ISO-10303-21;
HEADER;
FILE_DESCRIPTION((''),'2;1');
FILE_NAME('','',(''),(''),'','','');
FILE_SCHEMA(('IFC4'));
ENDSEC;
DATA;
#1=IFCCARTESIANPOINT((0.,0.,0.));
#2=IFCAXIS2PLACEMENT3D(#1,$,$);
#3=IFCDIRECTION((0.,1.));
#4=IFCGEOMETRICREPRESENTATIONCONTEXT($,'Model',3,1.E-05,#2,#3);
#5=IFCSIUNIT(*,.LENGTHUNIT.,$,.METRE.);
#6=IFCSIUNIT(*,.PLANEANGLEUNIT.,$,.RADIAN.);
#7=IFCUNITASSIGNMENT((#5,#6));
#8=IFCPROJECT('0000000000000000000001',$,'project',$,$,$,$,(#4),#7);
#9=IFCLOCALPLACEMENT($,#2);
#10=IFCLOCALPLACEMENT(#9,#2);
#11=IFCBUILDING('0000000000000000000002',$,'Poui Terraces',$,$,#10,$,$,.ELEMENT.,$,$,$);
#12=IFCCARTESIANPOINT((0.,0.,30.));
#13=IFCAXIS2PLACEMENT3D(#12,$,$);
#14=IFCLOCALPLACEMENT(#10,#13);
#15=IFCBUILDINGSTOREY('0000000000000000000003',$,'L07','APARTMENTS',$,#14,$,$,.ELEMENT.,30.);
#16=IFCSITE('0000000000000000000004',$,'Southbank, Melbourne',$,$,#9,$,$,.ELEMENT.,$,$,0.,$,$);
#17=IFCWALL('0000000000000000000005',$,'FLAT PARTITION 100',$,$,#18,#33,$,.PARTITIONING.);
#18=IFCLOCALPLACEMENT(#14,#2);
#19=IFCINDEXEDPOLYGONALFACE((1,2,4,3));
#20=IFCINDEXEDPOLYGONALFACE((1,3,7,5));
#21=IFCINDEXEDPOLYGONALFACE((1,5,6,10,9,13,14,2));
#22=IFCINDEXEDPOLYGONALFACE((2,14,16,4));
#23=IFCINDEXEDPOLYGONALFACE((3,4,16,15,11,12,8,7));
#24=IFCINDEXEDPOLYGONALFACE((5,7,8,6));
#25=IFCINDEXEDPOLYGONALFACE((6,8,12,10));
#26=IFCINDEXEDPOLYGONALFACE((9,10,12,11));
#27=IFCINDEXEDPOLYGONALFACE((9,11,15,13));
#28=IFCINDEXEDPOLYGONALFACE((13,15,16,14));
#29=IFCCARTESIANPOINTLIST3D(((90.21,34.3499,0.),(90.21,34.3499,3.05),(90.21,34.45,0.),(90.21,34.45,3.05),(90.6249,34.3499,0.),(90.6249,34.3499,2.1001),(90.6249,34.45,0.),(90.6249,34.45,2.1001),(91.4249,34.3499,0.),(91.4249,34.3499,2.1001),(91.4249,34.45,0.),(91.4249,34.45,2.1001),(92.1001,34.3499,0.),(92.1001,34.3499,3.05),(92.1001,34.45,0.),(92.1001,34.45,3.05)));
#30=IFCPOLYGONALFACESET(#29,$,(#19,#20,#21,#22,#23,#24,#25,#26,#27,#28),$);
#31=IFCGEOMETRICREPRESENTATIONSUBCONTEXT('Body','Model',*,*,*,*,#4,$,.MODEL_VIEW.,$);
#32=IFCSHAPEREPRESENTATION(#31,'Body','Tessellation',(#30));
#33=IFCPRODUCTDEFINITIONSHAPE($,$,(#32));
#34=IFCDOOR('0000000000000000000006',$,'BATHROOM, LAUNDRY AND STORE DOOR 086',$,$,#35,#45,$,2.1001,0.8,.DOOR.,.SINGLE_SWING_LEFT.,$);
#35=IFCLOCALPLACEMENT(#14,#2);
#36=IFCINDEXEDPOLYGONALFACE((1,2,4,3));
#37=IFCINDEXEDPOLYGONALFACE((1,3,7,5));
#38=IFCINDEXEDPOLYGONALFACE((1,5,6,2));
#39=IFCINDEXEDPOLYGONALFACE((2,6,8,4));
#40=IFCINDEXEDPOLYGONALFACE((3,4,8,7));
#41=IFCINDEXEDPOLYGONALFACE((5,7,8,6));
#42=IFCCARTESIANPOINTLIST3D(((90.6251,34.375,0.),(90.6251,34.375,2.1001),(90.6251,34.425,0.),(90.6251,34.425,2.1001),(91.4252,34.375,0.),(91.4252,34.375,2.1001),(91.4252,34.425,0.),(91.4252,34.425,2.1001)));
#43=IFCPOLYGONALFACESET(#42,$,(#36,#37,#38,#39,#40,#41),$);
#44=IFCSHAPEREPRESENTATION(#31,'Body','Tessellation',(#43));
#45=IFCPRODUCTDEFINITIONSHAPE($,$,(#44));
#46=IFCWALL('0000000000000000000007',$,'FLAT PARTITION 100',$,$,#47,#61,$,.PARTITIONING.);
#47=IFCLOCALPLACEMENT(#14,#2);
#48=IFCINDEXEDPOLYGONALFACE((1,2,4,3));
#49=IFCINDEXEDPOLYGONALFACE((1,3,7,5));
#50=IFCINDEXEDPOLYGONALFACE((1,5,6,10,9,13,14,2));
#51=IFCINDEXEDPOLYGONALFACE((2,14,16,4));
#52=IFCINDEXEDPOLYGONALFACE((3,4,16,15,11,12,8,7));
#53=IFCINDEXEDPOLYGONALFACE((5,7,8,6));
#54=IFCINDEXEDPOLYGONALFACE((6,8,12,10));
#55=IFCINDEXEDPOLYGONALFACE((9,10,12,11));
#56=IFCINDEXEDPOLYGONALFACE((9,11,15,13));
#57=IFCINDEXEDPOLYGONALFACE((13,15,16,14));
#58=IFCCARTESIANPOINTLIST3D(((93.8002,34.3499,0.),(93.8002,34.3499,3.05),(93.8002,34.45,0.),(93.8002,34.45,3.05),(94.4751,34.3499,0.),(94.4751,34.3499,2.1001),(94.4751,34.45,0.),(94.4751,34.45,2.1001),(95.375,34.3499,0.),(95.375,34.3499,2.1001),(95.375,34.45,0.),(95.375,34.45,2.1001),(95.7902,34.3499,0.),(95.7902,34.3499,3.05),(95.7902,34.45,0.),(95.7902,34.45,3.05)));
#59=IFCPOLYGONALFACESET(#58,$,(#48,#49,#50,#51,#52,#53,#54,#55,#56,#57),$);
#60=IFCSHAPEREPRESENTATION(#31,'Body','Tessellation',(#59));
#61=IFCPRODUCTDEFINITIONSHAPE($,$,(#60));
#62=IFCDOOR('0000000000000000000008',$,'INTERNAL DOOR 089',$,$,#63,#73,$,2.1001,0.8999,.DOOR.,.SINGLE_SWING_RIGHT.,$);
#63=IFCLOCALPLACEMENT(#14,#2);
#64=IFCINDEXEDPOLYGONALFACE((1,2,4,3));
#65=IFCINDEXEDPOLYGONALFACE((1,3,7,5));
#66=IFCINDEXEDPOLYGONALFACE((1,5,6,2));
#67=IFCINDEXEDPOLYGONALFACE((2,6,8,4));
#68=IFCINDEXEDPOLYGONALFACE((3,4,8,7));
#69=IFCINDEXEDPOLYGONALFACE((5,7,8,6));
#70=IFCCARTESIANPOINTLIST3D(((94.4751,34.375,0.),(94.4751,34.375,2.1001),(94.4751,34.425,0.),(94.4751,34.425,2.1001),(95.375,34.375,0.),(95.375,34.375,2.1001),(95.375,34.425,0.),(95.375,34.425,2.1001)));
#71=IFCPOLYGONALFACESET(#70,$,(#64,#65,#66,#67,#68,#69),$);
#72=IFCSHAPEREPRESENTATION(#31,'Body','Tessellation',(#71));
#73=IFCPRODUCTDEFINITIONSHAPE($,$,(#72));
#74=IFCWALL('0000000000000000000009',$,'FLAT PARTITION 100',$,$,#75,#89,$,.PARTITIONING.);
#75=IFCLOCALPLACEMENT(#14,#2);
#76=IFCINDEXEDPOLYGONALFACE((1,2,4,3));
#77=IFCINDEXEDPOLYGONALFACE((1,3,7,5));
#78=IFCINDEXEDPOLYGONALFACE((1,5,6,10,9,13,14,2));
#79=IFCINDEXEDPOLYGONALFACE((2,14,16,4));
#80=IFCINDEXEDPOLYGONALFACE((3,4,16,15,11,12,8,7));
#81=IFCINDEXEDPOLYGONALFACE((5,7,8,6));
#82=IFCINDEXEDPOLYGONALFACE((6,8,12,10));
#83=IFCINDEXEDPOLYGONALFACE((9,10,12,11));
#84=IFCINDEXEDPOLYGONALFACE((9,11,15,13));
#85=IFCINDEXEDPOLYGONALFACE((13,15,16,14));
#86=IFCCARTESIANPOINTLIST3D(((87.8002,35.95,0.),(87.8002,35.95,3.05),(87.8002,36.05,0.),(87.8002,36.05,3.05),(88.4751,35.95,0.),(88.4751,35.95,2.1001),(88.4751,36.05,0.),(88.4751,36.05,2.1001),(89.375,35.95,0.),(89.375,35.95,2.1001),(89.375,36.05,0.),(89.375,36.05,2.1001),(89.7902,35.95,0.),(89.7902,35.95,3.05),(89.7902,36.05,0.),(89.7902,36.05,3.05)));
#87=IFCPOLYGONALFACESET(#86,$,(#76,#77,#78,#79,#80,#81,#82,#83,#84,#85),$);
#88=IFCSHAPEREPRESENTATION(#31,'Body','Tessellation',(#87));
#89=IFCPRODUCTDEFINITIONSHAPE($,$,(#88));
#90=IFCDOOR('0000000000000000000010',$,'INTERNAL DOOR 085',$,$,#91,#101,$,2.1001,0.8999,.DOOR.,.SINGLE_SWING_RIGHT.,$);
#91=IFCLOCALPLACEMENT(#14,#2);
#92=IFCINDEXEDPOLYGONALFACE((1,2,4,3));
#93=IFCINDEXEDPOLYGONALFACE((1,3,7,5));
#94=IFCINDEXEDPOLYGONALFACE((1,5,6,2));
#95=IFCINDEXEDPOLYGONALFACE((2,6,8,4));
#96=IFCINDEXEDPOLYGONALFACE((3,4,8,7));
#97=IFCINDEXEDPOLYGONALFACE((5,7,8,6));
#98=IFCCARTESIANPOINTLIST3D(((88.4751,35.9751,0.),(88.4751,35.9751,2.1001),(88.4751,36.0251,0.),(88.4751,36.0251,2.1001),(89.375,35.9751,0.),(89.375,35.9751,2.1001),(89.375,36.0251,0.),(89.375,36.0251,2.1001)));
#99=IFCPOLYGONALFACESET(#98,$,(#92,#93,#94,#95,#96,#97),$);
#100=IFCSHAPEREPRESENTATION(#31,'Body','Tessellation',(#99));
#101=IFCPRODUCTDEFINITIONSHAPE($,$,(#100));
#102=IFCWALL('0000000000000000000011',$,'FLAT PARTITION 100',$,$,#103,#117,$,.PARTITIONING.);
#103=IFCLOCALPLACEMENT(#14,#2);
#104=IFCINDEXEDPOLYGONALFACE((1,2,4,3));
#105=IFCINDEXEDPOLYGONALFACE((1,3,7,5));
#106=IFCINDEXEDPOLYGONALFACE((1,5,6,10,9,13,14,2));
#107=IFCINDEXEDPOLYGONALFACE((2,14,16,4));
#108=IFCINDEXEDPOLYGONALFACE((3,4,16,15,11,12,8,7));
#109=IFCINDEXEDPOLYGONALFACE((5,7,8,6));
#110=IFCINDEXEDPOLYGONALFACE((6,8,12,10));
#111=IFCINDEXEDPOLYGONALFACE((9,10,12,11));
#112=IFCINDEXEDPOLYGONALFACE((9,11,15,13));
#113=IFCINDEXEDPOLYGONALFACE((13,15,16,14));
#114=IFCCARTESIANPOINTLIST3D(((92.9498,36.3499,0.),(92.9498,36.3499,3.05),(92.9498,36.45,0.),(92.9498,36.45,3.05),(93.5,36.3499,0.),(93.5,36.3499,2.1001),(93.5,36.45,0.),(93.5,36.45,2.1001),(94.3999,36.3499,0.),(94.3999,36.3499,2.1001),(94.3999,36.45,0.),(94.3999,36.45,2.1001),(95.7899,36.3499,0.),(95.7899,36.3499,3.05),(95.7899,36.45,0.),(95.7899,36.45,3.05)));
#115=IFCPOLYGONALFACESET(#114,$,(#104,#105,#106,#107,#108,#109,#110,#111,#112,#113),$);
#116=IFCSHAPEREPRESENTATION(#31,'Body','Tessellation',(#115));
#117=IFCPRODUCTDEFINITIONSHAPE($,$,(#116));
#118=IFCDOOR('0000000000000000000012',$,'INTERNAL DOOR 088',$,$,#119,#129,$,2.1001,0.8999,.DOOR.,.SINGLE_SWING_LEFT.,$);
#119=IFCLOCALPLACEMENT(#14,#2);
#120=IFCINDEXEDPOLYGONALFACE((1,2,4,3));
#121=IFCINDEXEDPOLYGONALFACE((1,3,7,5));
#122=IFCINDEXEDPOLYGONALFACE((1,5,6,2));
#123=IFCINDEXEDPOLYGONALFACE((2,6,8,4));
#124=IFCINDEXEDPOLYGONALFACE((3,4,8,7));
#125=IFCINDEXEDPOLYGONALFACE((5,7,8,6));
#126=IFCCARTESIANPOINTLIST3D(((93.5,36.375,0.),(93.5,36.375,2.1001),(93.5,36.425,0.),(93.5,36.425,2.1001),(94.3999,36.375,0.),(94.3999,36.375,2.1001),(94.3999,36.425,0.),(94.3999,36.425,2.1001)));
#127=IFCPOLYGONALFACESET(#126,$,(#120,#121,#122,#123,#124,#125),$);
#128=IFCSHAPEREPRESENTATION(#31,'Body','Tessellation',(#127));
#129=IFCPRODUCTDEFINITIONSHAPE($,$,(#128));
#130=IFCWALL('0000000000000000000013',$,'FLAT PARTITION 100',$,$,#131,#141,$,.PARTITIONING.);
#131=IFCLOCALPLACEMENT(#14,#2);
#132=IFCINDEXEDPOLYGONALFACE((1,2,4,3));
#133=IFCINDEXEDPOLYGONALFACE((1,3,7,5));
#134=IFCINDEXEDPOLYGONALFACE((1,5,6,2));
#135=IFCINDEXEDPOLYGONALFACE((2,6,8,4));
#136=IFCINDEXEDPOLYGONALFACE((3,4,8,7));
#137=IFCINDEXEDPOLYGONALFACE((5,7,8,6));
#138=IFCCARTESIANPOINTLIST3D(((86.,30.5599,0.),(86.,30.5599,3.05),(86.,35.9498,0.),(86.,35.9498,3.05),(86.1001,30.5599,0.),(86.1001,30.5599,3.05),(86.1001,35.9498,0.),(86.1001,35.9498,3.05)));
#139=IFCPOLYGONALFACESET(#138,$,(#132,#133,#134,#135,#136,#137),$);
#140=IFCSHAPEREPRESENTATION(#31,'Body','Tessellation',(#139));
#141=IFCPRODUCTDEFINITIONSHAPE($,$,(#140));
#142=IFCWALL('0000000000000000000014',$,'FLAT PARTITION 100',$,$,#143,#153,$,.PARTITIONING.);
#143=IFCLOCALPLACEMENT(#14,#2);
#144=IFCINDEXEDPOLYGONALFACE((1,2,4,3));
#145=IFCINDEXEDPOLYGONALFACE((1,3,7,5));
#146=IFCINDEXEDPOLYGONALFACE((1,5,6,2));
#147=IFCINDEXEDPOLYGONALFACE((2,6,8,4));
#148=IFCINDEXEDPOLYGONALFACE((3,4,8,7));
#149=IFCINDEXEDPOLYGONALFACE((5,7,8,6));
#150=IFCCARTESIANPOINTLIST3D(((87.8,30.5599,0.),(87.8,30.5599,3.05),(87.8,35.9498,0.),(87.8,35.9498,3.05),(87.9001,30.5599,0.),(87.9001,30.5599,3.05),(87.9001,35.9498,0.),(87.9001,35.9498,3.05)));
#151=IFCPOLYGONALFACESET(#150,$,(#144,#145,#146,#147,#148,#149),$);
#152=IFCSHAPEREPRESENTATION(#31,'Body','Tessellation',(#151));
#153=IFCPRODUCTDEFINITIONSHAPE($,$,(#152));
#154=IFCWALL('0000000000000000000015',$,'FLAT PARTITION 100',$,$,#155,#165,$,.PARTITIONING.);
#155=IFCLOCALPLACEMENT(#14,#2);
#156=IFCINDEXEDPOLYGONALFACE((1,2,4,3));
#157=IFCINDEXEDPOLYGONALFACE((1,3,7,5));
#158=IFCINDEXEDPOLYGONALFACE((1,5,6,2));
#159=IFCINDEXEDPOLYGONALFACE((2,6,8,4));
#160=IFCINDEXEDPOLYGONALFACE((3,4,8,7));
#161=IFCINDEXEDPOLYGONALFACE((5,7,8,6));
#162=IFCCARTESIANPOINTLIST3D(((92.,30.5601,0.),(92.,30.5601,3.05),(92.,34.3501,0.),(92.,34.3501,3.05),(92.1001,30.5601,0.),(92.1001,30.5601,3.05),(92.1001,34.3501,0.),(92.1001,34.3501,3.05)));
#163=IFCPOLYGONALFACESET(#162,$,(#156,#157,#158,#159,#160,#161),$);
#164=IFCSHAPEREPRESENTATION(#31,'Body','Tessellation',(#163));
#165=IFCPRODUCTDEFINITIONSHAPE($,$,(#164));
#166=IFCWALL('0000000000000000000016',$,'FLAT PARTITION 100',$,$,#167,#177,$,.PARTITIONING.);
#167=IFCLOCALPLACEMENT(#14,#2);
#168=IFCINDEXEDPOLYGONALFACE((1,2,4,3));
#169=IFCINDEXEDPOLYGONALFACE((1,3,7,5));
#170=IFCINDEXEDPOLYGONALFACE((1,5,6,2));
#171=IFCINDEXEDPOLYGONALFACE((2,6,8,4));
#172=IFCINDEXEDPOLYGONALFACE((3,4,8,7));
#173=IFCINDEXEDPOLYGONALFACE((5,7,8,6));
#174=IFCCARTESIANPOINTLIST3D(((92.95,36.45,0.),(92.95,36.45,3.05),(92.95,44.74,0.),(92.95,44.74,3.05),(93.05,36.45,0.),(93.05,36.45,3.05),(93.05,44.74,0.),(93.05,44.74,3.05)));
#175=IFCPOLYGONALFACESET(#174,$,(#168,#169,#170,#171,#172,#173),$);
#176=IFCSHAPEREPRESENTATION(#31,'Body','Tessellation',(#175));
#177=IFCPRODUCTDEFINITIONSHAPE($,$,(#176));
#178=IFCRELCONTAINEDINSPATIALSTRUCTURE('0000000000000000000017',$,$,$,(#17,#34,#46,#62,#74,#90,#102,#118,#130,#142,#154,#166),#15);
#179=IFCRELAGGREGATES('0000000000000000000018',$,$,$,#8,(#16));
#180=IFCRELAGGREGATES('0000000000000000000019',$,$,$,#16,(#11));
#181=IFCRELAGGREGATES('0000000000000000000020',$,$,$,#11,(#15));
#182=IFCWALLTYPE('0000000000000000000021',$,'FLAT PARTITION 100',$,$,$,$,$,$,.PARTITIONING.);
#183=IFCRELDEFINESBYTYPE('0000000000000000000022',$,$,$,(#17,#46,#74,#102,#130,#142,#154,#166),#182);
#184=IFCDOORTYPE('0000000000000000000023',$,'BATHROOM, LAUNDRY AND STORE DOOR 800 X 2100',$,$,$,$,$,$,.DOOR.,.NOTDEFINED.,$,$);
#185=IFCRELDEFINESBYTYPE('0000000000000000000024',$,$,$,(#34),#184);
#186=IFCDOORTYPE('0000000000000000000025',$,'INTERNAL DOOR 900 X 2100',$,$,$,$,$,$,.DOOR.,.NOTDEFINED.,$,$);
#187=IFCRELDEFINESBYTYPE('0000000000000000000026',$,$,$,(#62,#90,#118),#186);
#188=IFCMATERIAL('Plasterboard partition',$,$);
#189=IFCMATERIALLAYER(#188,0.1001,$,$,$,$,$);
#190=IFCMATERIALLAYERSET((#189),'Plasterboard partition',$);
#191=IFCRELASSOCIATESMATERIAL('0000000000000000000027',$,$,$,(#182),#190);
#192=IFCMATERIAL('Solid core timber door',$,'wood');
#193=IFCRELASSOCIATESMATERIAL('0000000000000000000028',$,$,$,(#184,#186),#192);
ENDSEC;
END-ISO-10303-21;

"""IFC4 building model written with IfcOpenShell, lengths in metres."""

from ifc_helpers import new_model, si_unit, direction, frame, frame_2d, origin, place, context, subcontext, project, spatial, rectangle, extrude, material, layer, layer_set, type_object, element, fill, save


model = new_model("IFC4")

# Units and contexts
model_context = context("Model", 3, precision=1e-05, world=origin(), true_north=direction((0.0, 1.0)))
body_context = subcontext(model_context, "Body", "Model", "MODEL_VIEW")
ifc_project = project(units=[si_unit("LENGTHUNIT", "METRE"), si_unit("PLANEANGLEUNIT", "RADIAN")], contexts=[model_context])

# Site, building, storey
site_placement = place(None, origin())
site = spatial("IfcSite", under=ifc_project, at=site_placement, Name="Southbank, Melbourne", CompositionType="ELEMENT", RefElevation=0.0)
building_placement = place(site_placement, origin())
building = spatial("IfcBuilding", under=site, at=building_placement, Name="Poui Terraces", CompositionType="ELEMENT")
storey_placement = place(building_placement, frame((0.0, 0.0, 30.0)))
storey = spatial("IfcBuildingStorey", under=building, at=storey_placement, Name="L07", Description="APARTMENTS", CompositionType="ELEMENT", Elevation=30.0)

# Walls, openings, doors
ifc_material_1 = material(Name="Plasterboard partition")
ifc_layer_1 = layer(ifc_material_1, 0.1001)
ifc_layer_set_1 = layer_set([ifc_layer_1], Name="Plasterboard partition")
wall_type_1 = type_object("IfcWallType", Name="FLAT PARTITION 100", PredefinedType="PARTITIONING", material=ifc_layer_set_1)
wall_1_placement = place(storey_placement, frame((90.21, 34.3999, 0.0), z_axis=(0.0, 0.0, 1.0), x_axis=(1.0, 0.0, 0.0)))
wall_1 = element("IfcWall", 1, at=wall_1_placement, inside=storey, type_object=wall_type_1, Name="FLAT PARTITION 100", PredefinedType="PARTITIONING", context=body_context, shape_type="SweptSolid", body=[
    extrude(rectangle(XDim=1.8901, YDim=0.1001, at=frame_2d((0.9451, 0.0))), origin(), (0.0, 0.0, 1.0), 3.05),
])
opening_1_placement = place(wall_1_placement, frame((0.415, 0.0, 0.0)))
opening_1 = element("IfcOpeningElement", 2, at=opening_1_placement, cuts=wall_1, PredefinedType="OPENING", context=body_context, shape_type="SweptSolid", body=[
    extrude(rectangle(XDim=0.8, YDim=2.1001, at=frame_2d((0.3999, 1.05))), frame((0.0, 0.0601, 0.0), z_axis=(0.0, -1.0, 0.0), x_axis=(1.0, 0.0, 0.0)), (0.0, 0.0, 1.0), 0.1201),
])
ifc_material_2 = material(Name="Solid core timber door", Category="wood")
door_type_1 = type_object("IfcDoorType", Name="BATHROOM, LAUNDRY AND STORE DOOR 800 X 2100", OperationType="NOTDEFINED", PredefinedType="DOOR", material=ifc_material_2)
door_1_placement = place(opening_1_placement, frame((0.8, 0.0, 0.0), z_axis=(0.0, 0.0, 1.0), x_axis=(-1.0, 0.0, 0.0)))
door_1 = element("IfcDoor", 3, at=door_1_placement, inside=storey, type_object=door_type_1, Name="BATHROOM, LAUNDRY AND STORE DOOR 086", OperationType="SINGLE_SWING_LEFT", OverallHeight=2.1001, OverallWidth=0.8, PredefinedType="DOOR", context=body_context, shape_type="SweptSolid", body=[
    extrude(rectangle(XDim=0.8, YDim=2.1001, at=frame_2d((0.3999, 1.05))), frame((0.0, 0.0249, 0.0), z_axis=(0.0, -1.0, 0.0), x_axis=(1.0, 0.0, 0.0)), (0.0, 0.0, 1.0), 0.05),
])
fill(opening_1, door_1)
wall_2_placement = place(storey_placement, frame((93.8, 34.3999, 0.0), z_axis=(0.0, 0.0, 1.0), x_axis=(1.0, 0.0, 0.0)))
wall_2 = element("IfcWall", 4, at=wall_2_placement, inside=storey, type_object=wall_type_1, Name="FLAT PARTITION 100", PredefinedType="PARTITIONING", context=body_context, shape_type="SweptSolid", body=[
    extrude(rectangle(XDim=1.99, YDim=0.1001, at=frame_2d((0.9951, 0.0))), origin(), (0.0, 0.0, 1.0), 3.05),
])
opening_2_placement = place(wall_2_placement, frame((0.675, 0.0, 0.0)))
opening_2 = element("IfcOpeningElement", 5, at=opening_2_placement, cuts=wall_2, PredefinedType="OPENING", context=body_context, shape_type="SweptSolid", body=[
    extrude(rectangle(XDim=0.8999, YDim=2.1001, at=frame_2d((0.45, 1.05))), frame((0.0, 0.0601, 0.0), z_axis=(0.0, -1.0, 0.0), x_axis=(1.0, 0.0, 0.0)), (0.0, 0.0, 1.0), 0.1201),
])
door_type_2 = type_object("IfcDoorType", Name="INTERNAL DOOR 900 X 2100", OperationType="NOTDEFINED", PredefinedType="DOOR", material=ifc_material_2)
door_2_placement = place(opening_2_placement, frame((0.8999, 0.0, 0.0), z_axis=(0.0, 0.0, 1.0), x_axis=(-1.0, 0.0, 0.0)))
door_2 = element("IfcDoor", 6, at=door_2_placement, inside=storey, type_object=door_type_2, Name="INTERNAL DOOR 089", OperationType="SINGLE_SWING_RIGHT", OverallHeight=2.1001, OverallWidth=0.8999, PredefinedType="DOOR", context=body_context, shape_type="SweptSolid", body=[
    extrude(rectangle(XDim=0.8999, YDim=2.1001, at=frame_2d((0.45, 1.05))), frame((0.0, 0.0249, 0.0), z_axis=(0.0, -1.0, 0.0), x_axis=(1.0, 0.0, 0.0)), (0.0, 0.0, 1.0), 0.05),
])
fill(opening_2, door_2)
wall_3_placement = place(storey_placement, frame((87.8, 36.0, 0.0), z_axis=(0.0, 0.0, 1.0), x_axis=(1.0, 0.0, 0.0)))
wall_3 = element("IfcWall", 7, at=wall_3_placement, inside=storey, type_object=wall_type_1, Name="FLAT PARTITION 100", PredefinedType="PARTITIONING", context=body_context, shape_type="SweptSolid", body=[
    extrude(rectangle(XDim=1.99, YDim=0.1001, at=frame_2d((0.9951, 0.0))), origin(), (0.0, 0.0, 1.0), 3.05),
])
opening_3_placement = place(wall_3_placement, frame((0.675, 0.0, 0.0)))
opening_3 = element("IfcOpeningElement", 8, at=opening_3_placement, cuts=wall_3, PredefinedType="OPENING", context=body_context, shape_type="SweptSolid", body=[
    extrude(rectangle(XDim=0.8999, YDim=2.1001, at=frame_2d((0.45, 1.05))), frame((0.0, 0.0601, 0.0), z_axis=(0.0, -1.0, 0.0), x_axis=(1.0, 0.0, 0.0)), (0.0, 0.0, 1.0), 0.1201),
])
door_3_placement = place(opening_3_placement, frame((0.8999, 0.0, 0.0), z_axis=(0.0, 0.0, 1.0), x_axis=(-1.0, 0.0, 0.0)))
door_3 = element("IfcDoor", 9, at=door_3_placement, inside=storey, type_object=door_type_2, Name="INTERNAL DOOR 085", OperationType="SINGLE_SWING_RIGHT", OverallHeight=2.1001, OverallWidth=0.8999, PredefinedType="DOOR", context=body_context, shape_type="SweptSolid", body=[
    extrude(rectangle(XDim=0.8999, YDim=2.1001, at=frame_2d((0.45, 1.05))), frame((0.0, 0.0249, 0.0), z_axis=(0.0, -1.0, 0.0), x_axis=(1.0, 0.0, 0.0)), (0.0, 0.0, 1.0), 0.05),
])
fill(opening_3, door_3)
wall_4_placement = place(storey_placement, frame((92.95, 36.3999, 0.0), z_axis=(0.0, 0.0, 1.0), x_axis=(1.0, 0.0, 0.0)))
wall_4 = element("IfcWall", 10, at=wall_4_placement, inside=storey, type_object=wall_type_1, Name="FLAT PARTITION 100", PredefinedType="PARTITIONING", context=body_context, shape_type="SweptSolid", body=[
    extrude(rectangle(XDim=2.8401, YDim=0.1001, at=frame_2d((1.4199, 0.0))), origin(), (0.0, 0.0, 1.0), 3.05),
])
opening_4_placement = place(wall_4_placement, frame((0.55, 0.0, 0.0)))
opening_4 = element("IfcOpeningElement", 11, at=opening_4_placement, cuts=wall_4, PredefinedType="OPENING", context=body_context, shape_type="SweptSolid", body=[
    extrude(rectangle(XDim=0.8999, YDim=2.1001, at=frame_2d((0.45, 1.05))), frame((0.0, 0.0601, 0.0), z_axis=(0.0, -1.0, 0.0), x_axis=(1.0, 0.0, 0.0)), (0.0, 0.0, 1.0), 0.1201),
])
door_4_placement = place(opening_4_placement, frame((0.8999, 0.0, 0.0), z_axis=(0.0, 0.0, 1.0), x_axis=(-1.0, 0.0, 0.0)))
door_4 = element("IfcDoor", 12, at=door_4_placement, inside=storey, type_object=door_type_2, Name="INTERNAL DOOR 088", OperationType="SINGLE_SWING_LEFT", OverallHeight=2.1001, OverallWidth=0.8999, PredefinedType="DOOR", context=body_context, shape_type="SweptSolid", body=[
    extrude(rectangle(XDim=0.8999, YDim=2.1001, at=frame_2d((0.45, 1.05))), frame((0.0, 0.0249, 0.0), z_axis=(0.0, -1.0, 0.0), x_axis=(1.0, 0.0, 0.0)), (0.0, 0.0, 1.0), 0.05),
])
fill(opening_4, door_4)

# Walls
for number, where, z_axis, x_axis, name in (
    (13, (86.05, 30.5601, 0.0), (0.0, 0.0, 1.0), (0.0, 1.0, 0.0), "FLAT PARTITION 100"),
    (14, (87.8501, 30.5601, 0.0), (0.0, 0.0, 1.0), (0.0, 1.0, 0.0), "FLAT PARTITION 100"),
):
    element("IfcWall", number, at=place(storey_placement, frame(where, z_axis=z_axis, x_axis=x_axis)), inside=storey, type_object=wall_type_1, Name=name, PredefinedType="PARTITIONING", context=body_context, shape_type="SweptSolid", body=[
        extrude(rectangle(XDim=5.3899, YDim=0.1001, at=frame_2d((2.6948, 0.0))), origin(), (0.0, 0.0, 1.0), 3.05),
    ])
wall_5_placement = place(storey_placement, frame((92.05, 30.5601, 0.0), z_axis=(0.0, 0.0, 1.0), x_axis=(0.0, 1.0, 0.0)))
element("IfcWall", 15, at=wall_5_placement, inside=storey, type_object=wall_type_1, Name="FLAT PARTITION 100", PredefinedType="PARTITIONING", context=body_context, shape_type="SweptSolid", body=[
    extrude(rectangle(XDim=3.79, YDim=0.1001, at=frame_2d((1.895, 0.0))), origin(), (0.0, 0.0, 1.0), 3.05),
])
wall_6_placement = place(storey_placement, frame((93.0, 36.45, 0.0), z_axis=(0.0, 0.0, 1.0), x_axis=(0.0, 1.0, 0.0)))
element("IfcWall", 16, at=wall_6_placement, inside=storey, type_object=wall_type_1, Name="FLAT PARTITION 100", PredefinedType="PARTITIONING", context=body_context, shape_type="SweptSolid", body=[
    extrude(rectangle(XDim=8.29, YDim=0.1001, at=frame_2d((4.145, 0.0))), origin(), (0.0, 0.0, 1.0), 3.05),
])

save(model, "model.ifc")
